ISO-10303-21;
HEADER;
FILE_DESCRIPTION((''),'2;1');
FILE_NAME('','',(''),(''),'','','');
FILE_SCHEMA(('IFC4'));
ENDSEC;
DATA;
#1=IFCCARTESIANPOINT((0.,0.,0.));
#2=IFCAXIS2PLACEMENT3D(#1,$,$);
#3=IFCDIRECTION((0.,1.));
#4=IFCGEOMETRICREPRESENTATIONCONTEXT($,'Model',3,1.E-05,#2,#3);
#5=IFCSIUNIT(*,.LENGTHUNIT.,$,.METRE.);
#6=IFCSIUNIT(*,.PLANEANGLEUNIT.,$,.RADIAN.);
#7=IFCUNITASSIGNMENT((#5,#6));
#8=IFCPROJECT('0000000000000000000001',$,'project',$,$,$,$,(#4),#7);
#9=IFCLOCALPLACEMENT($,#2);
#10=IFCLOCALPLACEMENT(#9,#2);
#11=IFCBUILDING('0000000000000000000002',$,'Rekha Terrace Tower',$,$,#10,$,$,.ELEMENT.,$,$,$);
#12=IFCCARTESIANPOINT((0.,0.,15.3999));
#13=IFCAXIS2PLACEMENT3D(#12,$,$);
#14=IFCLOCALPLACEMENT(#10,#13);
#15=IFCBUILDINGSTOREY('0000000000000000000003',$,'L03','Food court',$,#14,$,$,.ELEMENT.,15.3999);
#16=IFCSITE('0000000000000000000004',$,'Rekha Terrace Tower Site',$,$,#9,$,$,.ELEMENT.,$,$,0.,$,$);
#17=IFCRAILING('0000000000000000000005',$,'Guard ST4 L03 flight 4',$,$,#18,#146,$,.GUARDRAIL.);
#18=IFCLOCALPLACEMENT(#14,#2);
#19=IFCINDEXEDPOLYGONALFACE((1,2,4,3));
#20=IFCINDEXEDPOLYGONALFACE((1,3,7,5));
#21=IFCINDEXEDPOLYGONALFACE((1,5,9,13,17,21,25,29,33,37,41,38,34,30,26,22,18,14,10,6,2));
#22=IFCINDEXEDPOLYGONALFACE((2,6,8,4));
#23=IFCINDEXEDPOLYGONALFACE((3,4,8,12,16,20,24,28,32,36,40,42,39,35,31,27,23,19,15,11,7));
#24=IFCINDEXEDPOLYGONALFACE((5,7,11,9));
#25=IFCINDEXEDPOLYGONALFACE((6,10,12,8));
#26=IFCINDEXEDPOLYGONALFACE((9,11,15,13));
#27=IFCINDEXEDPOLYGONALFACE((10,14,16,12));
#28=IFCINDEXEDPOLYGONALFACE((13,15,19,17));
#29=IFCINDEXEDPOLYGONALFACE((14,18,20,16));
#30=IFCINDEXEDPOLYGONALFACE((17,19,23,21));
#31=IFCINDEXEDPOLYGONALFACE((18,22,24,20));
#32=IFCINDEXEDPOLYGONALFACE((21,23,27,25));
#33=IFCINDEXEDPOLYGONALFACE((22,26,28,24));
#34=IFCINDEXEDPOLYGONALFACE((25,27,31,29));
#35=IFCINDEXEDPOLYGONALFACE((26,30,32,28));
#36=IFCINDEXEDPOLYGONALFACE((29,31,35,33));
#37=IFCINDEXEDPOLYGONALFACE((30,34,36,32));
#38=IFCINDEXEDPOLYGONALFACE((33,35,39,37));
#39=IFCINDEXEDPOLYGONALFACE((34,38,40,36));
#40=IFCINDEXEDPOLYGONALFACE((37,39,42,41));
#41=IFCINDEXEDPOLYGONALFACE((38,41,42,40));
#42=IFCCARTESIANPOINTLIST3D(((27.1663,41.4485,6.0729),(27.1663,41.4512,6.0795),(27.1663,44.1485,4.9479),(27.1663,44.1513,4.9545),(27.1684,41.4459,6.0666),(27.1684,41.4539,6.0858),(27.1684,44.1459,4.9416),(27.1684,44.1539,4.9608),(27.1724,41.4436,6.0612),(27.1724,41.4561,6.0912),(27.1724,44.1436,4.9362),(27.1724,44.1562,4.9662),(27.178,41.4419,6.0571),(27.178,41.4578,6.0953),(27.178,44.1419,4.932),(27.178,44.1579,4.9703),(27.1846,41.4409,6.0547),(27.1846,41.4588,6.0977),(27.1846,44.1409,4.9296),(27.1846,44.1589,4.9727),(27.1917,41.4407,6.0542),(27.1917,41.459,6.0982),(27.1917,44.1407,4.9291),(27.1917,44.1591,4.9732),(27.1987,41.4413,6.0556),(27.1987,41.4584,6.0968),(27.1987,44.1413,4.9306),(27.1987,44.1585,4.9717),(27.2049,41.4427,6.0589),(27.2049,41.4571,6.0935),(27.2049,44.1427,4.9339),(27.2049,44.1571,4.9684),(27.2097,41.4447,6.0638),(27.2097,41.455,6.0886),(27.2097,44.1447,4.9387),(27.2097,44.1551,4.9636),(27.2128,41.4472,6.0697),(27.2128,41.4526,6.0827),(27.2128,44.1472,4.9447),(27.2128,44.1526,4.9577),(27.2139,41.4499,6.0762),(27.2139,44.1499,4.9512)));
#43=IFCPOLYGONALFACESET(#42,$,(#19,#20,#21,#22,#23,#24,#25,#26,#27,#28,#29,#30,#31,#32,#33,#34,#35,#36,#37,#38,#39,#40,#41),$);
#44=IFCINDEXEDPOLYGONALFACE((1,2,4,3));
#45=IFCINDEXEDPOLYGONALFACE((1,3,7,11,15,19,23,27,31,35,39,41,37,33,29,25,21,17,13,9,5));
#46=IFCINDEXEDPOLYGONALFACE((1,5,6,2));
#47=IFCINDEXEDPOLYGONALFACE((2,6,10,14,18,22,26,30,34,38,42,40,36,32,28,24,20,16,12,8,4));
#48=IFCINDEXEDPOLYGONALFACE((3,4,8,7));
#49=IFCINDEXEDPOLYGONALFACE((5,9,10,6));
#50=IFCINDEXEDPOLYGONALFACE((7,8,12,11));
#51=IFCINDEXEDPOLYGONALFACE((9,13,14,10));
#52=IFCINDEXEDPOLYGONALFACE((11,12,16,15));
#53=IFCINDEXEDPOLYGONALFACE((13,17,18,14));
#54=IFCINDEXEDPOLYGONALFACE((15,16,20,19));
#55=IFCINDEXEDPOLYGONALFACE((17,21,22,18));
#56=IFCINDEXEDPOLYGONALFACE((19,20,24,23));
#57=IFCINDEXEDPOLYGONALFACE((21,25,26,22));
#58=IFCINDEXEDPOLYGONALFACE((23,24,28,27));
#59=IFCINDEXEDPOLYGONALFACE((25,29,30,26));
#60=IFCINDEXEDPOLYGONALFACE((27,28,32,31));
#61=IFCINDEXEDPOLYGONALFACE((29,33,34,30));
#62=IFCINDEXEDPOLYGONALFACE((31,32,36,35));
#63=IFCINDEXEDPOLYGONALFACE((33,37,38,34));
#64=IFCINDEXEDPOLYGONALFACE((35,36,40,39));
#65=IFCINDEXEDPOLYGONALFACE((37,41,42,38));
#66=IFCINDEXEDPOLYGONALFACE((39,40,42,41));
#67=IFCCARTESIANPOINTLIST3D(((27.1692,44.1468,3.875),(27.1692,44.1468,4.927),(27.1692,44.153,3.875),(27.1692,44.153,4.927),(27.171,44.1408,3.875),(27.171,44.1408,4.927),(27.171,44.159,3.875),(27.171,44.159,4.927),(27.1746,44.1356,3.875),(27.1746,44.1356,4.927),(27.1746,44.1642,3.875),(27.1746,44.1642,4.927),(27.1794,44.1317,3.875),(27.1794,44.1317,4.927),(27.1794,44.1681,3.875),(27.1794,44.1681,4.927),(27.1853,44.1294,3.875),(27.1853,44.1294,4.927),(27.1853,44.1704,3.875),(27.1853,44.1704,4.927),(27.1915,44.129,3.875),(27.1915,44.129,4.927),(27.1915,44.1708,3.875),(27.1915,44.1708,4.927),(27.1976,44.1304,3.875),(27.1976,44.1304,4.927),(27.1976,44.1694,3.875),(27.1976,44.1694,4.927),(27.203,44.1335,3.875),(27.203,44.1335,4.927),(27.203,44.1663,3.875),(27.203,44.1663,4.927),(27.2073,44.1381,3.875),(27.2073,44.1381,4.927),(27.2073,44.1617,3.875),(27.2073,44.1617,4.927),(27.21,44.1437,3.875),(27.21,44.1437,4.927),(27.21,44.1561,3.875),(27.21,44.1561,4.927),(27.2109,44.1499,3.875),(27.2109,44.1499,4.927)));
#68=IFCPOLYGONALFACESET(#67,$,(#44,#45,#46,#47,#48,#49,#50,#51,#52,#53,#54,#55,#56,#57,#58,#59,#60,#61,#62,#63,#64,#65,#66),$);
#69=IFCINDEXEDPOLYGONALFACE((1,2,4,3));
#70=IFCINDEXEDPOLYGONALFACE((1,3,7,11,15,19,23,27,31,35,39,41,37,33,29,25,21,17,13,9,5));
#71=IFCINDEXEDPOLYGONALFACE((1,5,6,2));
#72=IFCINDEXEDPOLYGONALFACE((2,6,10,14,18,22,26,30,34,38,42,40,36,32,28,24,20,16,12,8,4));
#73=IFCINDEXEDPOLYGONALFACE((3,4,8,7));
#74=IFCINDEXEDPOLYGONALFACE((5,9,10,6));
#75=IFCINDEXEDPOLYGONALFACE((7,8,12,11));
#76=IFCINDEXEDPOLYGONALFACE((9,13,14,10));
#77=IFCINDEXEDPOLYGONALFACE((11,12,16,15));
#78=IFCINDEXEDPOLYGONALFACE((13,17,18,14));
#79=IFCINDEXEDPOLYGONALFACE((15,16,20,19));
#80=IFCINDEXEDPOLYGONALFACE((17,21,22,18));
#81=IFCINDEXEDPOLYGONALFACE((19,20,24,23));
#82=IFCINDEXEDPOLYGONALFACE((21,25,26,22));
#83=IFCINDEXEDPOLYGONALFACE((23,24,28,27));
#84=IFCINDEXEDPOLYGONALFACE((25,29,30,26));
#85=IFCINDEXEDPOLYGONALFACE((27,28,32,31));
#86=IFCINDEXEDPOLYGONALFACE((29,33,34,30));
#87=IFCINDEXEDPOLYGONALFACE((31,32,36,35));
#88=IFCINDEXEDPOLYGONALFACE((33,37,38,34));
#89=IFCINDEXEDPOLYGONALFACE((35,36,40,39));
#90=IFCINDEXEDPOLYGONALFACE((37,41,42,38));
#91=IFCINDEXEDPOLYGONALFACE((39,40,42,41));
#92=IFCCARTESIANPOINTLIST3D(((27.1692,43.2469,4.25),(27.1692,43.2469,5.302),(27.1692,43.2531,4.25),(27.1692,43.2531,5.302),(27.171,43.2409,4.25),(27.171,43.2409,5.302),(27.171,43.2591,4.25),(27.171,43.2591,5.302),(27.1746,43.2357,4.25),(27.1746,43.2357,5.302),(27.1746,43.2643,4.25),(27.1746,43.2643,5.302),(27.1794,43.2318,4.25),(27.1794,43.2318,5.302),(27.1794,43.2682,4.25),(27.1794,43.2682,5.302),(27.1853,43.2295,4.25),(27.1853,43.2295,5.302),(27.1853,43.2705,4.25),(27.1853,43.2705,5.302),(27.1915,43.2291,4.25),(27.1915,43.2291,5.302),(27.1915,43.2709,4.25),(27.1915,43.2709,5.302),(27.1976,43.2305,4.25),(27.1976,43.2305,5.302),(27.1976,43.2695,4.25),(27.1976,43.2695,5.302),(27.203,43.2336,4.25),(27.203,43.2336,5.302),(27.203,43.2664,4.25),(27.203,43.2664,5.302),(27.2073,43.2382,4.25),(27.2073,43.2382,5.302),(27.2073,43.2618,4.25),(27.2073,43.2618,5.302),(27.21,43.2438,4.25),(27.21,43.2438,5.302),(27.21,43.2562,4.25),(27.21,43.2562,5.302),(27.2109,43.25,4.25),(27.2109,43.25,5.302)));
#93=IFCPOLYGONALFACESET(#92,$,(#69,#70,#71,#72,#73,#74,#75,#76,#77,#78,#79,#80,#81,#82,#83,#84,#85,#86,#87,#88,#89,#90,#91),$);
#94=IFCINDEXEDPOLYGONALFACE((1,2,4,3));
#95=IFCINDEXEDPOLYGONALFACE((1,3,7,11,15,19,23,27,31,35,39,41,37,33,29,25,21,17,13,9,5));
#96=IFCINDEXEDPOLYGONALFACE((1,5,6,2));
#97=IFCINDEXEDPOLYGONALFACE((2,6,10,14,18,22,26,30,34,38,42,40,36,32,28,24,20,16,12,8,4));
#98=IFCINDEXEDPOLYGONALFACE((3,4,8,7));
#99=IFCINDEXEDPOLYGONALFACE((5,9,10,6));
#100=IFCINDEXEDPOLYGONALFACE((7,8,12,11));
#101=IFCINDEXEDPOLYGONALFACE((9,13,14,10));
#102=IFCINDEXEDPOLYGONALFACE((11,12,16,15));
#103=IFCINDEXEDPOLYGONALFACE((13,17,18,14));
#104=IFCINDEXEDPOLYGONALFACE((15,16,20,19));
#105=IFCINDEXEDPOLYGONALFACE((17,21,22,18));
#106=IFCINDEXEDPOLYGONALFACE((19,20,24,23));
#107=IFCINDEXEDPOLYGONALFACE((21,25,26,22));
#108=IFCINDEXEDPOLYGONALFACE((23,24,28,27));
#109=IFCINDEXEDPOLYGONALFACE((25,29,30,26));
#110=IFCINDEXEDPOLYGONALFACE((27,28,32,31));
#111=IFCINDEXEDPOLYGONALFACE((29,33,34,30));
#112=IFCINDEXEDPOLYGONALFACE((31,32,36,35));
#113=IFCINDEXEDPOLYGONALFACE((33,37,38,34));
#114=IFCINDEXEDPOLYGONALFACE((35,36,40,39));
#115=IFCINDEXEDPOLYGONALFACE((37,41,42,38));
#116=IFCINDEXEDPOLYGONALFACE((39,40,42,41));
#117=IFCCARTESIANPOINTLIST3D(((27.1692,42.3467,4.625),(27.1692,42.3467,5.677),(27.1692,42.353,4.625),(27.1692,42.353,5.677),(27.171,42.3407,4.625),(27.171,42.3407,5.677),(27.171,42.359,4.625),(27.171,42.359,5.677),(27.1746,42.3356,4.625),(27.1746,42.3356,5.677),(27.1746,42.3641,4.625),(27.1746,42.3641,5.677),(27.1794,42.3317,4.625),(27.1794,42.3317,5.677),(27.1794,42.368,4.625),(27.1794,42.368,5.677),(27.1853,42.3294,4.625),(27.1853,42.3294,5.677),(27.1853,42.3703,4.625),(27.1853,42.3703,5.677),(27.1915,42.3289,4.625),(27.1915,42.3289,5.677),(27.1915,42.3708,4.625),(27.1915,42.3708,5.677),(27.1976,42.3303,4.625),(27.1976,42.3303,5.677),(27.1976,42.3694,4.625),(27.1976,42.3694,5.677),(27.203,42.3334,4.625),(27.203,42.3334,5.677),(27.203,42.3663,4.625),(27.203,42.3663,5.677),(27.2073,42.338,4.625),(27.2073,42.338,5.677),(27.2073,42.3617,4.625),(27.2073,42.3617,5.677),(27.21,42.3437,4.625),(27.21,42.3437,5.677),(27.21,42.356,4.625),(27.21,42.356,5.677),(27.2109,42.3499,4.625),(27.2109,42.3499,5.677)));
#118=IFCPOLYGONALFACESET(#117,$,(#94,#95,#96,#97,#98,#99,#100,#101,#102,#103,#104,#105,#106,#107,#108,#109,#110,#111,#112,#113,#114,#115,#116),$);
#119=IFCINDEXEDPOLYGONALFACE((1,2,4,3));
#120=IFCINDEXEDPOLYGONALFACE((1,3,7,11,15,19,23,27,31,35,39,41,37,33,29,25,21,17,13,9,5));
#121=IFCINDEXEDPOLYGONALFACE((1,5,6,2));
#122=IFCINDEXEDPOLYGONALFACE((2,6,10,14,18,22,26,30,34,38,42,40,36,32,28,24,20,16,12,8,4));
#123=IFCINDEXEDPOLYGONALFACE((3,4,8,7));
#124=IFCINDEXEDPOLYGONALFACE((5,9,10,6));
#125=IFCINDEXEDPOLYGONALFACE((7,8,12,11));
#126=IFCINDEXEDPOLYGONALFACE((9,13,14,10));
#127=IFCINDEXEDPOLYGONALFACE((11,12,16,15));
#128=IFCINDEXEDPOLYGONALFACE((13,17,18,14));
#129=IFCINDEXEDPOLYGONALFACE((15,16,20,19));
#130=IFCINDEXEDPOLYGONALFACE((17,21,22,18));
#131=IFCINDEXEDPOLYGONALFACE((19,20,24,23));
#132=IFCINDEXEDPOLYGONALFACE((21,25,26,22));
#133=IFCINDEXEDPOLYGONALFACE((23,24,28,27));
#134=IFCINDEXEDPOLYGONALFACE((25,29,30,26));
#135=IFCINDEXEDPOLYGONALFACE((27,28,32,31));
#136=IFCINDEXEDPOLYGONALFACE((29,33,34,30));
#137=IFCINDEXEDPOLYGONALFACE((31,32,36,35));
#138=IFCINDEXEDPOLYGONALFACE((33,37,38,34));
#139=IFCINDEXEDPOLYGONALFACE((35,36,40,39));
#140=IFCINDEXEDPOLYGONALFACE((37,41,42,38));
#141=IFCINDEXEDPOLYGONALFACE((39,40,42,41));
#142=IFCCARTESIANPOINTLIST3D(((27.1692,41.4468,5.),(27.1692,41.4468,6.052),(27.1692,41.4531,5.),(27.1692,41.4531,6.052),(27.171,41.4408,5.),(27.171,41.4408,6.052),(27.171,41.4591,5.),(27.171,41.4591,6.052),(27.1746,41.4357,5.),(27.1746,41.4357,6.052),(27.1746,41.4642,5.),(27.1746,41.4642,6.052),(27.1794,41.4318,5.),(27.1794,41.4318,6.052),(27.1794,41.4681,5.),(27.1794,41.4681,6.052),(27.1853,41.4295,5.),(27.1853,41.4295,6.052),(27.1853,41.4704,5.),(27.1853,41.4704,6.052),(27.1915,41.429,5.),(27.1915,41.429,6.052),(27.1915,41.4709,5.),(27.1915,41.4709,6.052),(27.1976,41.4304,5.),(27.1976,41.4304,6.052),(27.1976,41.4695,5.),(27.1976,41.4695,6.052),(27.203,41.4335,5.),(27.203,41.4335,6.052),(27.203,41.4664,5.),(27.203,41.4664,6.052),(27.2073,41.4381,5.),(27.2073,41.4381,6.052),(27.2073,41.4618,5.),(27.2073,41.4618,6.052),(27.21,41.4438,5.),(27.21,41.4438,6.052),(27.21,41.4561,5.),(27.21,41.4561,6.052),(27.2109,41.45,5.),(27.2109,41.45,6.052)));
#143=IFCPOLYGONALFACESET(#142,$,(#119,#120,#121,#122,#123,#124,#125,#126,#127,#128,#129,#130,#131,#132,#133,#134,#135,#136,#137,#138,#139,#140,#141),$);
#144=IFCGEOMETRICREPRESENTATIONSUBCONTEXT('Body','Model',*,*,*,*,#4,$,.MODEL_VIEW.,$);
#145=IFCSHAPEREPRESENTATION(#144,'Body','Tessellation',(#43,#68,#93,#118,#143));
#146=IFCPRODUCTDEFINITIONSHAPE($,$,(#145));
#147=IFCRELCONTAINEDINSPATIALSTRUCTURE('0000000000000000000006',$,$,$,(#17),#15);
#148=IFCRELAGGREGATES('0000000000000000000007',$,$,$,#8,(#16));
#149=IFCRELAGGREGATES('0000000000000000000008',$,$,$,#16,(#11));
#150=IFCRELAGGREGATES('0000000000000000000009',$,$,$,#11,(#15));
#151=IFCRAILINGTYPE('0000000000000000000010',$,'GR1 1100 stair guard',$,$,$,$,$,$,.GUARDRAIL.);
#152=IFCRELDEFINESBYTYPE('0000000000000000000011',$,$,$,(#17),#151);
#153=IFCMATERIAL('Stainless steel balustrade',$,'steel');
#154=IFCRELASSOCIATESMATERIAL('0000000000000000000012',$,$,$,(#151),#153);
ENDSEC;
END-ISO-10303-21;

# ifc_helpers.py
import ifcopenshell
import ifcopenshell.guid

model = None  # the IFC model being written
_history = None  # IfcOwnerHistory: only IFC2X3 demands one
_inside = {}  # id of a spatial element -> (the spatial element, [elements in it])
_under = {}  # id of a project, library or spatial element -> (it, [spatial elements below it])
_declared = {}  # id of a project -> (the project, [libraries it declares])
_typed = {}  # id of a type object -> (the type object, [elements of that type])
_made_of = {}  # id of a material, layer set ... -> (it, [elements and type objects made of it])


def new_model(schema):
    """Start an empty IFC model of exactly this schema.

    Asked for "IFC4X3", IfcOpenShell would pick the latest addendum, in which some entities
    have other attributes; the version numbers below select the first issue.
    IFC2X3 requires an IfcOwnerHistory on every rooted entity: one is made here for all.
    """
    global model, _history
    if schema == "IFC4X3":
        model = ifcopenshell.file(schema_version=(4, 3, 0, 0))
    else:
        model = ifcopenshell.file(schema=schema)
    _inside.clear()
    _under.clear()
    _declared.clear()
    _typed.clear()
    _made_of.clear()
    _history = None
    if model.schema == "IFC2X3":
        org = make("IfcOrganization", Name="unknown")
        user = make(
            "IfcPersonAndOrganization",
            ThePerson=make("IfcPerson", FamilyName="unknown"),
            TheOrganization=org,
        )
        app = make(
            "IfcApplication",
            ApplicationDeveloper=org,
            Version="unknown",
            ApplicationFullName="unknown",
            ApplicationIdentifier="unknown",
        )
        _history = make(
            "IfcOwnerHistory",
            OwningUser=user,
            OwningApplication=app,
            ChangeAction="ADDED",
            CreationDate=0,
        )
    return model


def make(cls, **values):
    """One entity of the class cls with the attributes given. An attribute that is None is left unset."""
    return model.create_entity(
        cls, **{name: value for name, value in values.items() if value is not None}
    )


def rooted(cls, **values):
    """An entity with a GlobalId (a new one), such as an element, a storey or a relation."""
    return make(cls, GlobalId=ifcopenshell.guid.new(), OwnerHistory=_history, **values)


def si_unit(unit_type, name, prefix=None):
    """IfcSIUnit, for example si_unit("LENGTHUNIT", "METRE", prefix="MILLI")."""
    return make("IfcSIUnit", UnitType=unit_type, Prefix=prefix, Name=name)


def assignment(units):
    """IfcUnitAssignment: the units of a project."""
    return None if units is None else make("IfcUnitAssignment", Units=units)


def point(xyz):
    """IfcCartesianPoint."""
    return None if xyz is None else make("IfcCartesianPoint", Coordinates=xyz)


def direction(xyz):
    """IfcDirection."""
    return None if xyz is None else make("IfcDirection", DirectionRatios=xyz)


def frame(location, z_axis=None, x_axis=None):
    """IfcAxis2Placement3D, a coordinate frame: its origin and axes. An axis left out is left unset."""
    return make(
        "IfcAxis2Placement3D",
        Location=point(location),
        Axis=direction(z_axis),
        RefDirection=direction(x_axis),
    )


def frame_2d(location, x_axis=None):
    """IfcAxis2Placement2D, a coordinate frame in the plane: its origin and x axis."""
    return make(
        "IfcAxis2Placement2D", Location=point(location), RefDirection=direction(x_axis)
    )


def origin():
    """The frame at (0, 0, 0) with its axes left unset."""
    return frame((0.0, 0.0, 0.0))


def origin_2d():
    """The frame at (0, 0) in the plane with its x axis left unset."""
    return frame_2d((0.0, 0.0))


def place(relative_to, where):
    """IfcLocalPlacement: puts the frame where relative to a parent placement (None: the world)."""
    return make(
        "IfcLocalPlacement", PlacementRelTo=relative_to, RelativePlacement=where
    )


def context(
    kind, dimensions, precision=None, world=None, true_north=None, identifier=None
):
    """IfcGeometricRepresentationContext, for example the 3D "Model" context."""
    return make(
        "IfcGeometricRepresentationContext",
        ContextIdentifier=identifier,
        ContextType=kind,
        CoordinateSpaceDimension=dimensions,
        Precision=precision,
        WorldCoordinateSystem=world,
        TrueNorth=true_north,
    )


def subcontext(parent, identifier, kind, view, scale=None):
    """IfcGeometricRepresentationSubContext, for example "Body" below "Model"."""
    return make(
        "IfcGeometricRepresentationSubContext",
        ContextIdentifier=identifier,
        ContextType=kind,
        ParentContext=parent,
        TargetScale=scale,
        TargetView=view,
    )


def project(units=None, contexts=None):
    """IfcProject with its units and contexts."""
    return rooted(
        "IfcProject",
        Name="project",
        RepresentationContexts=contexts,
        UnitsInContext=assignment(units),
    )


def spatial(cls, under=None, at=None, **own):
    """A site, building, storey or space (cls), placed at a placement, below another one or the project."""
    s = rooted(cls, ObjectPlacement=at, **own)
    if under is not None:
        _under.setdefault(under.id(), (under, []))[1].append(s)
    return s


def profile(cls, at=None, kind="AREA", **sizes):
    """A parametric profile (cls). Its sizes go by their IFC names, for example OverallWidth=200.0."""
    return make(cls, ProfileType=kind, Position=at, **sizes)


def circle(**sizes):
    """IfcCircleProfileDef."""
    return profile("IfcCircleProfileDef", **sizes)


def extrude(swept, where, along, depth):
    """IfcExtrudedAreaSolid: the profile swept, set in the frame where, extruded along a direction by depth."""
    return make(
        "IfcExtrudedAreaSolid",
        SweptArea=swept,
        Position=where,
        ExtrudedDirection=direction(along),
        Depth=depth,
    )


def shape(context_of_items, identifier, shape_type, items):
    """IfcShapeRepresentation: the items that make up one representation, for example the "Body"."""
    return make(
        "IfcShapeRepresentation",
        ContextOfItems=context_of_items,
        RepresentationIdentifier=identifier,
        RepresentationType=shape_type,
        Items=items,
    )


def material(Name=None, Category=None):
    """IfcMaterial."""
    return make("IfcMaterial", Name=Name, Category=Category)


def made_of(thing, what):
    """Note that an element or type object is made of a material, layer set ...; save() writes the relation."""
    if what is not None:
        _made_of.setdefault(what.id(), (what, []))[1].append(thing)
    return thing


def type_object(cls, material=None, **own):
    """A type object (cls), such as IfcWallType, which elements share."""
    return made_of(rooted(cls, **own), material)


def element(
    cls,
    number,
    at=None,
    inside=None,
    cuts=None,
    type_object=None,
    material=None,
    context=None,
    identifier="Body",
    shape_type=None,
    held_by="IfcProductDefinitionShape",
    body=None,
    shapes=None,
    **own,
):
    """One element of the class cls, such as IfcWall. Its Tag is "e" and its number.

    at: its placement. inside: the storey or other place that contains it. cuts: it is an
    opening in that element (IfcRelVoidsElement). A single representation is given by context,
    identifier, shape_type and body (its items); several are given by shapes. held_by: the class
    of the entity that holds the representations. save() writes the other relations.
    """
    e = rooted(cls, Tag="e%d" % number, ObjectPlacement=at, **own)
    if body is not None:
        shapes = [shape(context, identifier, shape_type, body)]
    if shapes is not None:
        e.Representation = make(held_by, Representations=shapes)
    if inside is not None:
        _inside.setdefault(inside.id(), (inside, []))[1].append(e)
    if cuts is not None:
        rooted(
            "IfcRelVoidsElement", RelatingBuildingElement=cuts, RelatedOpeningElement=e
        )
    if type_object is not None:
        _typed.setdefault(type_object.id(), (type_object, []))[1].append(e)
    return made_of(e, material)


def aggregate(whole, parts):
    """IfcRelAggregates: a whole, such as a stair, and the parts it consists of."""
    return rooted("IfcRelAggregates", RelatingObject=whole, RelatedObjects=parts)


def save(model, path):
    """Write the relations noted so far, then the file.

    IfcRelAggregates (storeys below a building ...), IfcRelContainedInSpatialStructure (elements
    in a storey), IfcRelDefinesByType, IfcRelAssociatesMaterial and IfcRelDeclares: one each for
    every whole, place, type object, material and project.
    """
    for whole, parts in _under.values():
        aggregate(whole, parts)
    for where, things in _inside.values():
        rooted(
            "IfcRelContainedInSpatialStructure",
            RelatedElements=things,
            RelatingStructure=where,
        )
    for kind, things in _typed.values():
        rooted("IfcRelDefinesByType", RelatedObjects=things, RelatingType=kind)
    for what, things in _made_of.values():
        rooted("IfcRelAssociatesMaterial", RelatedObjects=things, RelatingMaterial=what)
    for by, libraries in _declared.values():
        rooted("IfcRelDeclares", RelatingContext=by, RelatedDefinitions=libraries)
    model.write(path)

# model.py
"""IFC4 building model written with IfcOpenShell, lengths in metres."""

from ifc_helpers import new_model, si_unit, direction, frame, origin, origin_2d, place, context, subcontext, project, spatial, circle, extrude, material, type_object, element, save


model = new_model("IFC4")

# Units and contexts
model_context = context("Model", 3, precision=1e-05, world=origin(), true_north=direction((0.0, 1.0)))
body_context = subcontext(model_context, "Body", "Model", "MODEL_VIEW")
ifc_project = project(units=[si_unit("LENGTHUNIT", "METRE"), si_unit("PLANEANGLEUNIT", "RADIAN")], contexts=[model_context])

# Site, building, storey
site_placement = place(None, origin())
site = spatial("IfcSite", under=ifc_project, at=site_placement, Name="Rekha Terrace Tower Site", CompositionType="ELEMENT", RefElevation=0.0)
building_placement = place(site_placement, origin())
building = spatial("IfcBuilding", under=site, at=building_placement, Name="Rekha Terrace Tower", CompositionType="ELEMENT")
storey_placement = place(building_placement, frame((0.0, 0.0, 15.3999)))
storey = spatial("IfcBuildingStorey", under=building, at=storey_placement, Name="L03", Description="Food court", CompositionType="ELEMENT", Elevation=15.3999)

# Railing
ifc_material_1 = material(Name="Stainless steel balustrade", Category="steel")
railing_type_1 = type_object("IfcRailingType", Name="GR1 1100 stair guard", PredefinedType="GUARDRAIL", material=ifc_material_1)
railing_1_placement = place(storey_placement, frame((27.1899, 44.1499, 3.875)))
element("IfcRailing", 1, at=railing_1_placement, inside=storey, type_object=railing_type_1, Name="Guard ST4 L03 flight 4", PredefinedType="GUARDRAIL", context=body_context, shape_type="SweptSolid", body=[
    extrude(circle(Radius=0.0239, at=origin_2d()), frame((0.0, 0.0, 1.0762), z_axis=(0.0, -0.923074, 0.384621), x_axis=(1.0, 0.0, 0.0)), (0.0, 0.0, 1.0), 2.925),
    extrude(circle(Radius=0.021, at=origin_2d()), origin(), (0.0, 0.0, 1.0), 1.052),
    extrude(circle(Radius=0.021, at=origin_2d()), frame((0.0, -0.8999, 0.375)), (0.0, 0.0, 1.0), 1.052),
    extrude(circle(Radius=0.021, at=origin_2d()), frame((0.0, -1.8, 0.75)), (0.0, 0.0, 1.0), 1.052),
    extrude(circle(Radius=0.021, at=origin_2d()), frame((0.0, -2.7, 1.125)), (0.0, 0.0, 1.0), 1.052),
])

save(model, "model.ifc")
